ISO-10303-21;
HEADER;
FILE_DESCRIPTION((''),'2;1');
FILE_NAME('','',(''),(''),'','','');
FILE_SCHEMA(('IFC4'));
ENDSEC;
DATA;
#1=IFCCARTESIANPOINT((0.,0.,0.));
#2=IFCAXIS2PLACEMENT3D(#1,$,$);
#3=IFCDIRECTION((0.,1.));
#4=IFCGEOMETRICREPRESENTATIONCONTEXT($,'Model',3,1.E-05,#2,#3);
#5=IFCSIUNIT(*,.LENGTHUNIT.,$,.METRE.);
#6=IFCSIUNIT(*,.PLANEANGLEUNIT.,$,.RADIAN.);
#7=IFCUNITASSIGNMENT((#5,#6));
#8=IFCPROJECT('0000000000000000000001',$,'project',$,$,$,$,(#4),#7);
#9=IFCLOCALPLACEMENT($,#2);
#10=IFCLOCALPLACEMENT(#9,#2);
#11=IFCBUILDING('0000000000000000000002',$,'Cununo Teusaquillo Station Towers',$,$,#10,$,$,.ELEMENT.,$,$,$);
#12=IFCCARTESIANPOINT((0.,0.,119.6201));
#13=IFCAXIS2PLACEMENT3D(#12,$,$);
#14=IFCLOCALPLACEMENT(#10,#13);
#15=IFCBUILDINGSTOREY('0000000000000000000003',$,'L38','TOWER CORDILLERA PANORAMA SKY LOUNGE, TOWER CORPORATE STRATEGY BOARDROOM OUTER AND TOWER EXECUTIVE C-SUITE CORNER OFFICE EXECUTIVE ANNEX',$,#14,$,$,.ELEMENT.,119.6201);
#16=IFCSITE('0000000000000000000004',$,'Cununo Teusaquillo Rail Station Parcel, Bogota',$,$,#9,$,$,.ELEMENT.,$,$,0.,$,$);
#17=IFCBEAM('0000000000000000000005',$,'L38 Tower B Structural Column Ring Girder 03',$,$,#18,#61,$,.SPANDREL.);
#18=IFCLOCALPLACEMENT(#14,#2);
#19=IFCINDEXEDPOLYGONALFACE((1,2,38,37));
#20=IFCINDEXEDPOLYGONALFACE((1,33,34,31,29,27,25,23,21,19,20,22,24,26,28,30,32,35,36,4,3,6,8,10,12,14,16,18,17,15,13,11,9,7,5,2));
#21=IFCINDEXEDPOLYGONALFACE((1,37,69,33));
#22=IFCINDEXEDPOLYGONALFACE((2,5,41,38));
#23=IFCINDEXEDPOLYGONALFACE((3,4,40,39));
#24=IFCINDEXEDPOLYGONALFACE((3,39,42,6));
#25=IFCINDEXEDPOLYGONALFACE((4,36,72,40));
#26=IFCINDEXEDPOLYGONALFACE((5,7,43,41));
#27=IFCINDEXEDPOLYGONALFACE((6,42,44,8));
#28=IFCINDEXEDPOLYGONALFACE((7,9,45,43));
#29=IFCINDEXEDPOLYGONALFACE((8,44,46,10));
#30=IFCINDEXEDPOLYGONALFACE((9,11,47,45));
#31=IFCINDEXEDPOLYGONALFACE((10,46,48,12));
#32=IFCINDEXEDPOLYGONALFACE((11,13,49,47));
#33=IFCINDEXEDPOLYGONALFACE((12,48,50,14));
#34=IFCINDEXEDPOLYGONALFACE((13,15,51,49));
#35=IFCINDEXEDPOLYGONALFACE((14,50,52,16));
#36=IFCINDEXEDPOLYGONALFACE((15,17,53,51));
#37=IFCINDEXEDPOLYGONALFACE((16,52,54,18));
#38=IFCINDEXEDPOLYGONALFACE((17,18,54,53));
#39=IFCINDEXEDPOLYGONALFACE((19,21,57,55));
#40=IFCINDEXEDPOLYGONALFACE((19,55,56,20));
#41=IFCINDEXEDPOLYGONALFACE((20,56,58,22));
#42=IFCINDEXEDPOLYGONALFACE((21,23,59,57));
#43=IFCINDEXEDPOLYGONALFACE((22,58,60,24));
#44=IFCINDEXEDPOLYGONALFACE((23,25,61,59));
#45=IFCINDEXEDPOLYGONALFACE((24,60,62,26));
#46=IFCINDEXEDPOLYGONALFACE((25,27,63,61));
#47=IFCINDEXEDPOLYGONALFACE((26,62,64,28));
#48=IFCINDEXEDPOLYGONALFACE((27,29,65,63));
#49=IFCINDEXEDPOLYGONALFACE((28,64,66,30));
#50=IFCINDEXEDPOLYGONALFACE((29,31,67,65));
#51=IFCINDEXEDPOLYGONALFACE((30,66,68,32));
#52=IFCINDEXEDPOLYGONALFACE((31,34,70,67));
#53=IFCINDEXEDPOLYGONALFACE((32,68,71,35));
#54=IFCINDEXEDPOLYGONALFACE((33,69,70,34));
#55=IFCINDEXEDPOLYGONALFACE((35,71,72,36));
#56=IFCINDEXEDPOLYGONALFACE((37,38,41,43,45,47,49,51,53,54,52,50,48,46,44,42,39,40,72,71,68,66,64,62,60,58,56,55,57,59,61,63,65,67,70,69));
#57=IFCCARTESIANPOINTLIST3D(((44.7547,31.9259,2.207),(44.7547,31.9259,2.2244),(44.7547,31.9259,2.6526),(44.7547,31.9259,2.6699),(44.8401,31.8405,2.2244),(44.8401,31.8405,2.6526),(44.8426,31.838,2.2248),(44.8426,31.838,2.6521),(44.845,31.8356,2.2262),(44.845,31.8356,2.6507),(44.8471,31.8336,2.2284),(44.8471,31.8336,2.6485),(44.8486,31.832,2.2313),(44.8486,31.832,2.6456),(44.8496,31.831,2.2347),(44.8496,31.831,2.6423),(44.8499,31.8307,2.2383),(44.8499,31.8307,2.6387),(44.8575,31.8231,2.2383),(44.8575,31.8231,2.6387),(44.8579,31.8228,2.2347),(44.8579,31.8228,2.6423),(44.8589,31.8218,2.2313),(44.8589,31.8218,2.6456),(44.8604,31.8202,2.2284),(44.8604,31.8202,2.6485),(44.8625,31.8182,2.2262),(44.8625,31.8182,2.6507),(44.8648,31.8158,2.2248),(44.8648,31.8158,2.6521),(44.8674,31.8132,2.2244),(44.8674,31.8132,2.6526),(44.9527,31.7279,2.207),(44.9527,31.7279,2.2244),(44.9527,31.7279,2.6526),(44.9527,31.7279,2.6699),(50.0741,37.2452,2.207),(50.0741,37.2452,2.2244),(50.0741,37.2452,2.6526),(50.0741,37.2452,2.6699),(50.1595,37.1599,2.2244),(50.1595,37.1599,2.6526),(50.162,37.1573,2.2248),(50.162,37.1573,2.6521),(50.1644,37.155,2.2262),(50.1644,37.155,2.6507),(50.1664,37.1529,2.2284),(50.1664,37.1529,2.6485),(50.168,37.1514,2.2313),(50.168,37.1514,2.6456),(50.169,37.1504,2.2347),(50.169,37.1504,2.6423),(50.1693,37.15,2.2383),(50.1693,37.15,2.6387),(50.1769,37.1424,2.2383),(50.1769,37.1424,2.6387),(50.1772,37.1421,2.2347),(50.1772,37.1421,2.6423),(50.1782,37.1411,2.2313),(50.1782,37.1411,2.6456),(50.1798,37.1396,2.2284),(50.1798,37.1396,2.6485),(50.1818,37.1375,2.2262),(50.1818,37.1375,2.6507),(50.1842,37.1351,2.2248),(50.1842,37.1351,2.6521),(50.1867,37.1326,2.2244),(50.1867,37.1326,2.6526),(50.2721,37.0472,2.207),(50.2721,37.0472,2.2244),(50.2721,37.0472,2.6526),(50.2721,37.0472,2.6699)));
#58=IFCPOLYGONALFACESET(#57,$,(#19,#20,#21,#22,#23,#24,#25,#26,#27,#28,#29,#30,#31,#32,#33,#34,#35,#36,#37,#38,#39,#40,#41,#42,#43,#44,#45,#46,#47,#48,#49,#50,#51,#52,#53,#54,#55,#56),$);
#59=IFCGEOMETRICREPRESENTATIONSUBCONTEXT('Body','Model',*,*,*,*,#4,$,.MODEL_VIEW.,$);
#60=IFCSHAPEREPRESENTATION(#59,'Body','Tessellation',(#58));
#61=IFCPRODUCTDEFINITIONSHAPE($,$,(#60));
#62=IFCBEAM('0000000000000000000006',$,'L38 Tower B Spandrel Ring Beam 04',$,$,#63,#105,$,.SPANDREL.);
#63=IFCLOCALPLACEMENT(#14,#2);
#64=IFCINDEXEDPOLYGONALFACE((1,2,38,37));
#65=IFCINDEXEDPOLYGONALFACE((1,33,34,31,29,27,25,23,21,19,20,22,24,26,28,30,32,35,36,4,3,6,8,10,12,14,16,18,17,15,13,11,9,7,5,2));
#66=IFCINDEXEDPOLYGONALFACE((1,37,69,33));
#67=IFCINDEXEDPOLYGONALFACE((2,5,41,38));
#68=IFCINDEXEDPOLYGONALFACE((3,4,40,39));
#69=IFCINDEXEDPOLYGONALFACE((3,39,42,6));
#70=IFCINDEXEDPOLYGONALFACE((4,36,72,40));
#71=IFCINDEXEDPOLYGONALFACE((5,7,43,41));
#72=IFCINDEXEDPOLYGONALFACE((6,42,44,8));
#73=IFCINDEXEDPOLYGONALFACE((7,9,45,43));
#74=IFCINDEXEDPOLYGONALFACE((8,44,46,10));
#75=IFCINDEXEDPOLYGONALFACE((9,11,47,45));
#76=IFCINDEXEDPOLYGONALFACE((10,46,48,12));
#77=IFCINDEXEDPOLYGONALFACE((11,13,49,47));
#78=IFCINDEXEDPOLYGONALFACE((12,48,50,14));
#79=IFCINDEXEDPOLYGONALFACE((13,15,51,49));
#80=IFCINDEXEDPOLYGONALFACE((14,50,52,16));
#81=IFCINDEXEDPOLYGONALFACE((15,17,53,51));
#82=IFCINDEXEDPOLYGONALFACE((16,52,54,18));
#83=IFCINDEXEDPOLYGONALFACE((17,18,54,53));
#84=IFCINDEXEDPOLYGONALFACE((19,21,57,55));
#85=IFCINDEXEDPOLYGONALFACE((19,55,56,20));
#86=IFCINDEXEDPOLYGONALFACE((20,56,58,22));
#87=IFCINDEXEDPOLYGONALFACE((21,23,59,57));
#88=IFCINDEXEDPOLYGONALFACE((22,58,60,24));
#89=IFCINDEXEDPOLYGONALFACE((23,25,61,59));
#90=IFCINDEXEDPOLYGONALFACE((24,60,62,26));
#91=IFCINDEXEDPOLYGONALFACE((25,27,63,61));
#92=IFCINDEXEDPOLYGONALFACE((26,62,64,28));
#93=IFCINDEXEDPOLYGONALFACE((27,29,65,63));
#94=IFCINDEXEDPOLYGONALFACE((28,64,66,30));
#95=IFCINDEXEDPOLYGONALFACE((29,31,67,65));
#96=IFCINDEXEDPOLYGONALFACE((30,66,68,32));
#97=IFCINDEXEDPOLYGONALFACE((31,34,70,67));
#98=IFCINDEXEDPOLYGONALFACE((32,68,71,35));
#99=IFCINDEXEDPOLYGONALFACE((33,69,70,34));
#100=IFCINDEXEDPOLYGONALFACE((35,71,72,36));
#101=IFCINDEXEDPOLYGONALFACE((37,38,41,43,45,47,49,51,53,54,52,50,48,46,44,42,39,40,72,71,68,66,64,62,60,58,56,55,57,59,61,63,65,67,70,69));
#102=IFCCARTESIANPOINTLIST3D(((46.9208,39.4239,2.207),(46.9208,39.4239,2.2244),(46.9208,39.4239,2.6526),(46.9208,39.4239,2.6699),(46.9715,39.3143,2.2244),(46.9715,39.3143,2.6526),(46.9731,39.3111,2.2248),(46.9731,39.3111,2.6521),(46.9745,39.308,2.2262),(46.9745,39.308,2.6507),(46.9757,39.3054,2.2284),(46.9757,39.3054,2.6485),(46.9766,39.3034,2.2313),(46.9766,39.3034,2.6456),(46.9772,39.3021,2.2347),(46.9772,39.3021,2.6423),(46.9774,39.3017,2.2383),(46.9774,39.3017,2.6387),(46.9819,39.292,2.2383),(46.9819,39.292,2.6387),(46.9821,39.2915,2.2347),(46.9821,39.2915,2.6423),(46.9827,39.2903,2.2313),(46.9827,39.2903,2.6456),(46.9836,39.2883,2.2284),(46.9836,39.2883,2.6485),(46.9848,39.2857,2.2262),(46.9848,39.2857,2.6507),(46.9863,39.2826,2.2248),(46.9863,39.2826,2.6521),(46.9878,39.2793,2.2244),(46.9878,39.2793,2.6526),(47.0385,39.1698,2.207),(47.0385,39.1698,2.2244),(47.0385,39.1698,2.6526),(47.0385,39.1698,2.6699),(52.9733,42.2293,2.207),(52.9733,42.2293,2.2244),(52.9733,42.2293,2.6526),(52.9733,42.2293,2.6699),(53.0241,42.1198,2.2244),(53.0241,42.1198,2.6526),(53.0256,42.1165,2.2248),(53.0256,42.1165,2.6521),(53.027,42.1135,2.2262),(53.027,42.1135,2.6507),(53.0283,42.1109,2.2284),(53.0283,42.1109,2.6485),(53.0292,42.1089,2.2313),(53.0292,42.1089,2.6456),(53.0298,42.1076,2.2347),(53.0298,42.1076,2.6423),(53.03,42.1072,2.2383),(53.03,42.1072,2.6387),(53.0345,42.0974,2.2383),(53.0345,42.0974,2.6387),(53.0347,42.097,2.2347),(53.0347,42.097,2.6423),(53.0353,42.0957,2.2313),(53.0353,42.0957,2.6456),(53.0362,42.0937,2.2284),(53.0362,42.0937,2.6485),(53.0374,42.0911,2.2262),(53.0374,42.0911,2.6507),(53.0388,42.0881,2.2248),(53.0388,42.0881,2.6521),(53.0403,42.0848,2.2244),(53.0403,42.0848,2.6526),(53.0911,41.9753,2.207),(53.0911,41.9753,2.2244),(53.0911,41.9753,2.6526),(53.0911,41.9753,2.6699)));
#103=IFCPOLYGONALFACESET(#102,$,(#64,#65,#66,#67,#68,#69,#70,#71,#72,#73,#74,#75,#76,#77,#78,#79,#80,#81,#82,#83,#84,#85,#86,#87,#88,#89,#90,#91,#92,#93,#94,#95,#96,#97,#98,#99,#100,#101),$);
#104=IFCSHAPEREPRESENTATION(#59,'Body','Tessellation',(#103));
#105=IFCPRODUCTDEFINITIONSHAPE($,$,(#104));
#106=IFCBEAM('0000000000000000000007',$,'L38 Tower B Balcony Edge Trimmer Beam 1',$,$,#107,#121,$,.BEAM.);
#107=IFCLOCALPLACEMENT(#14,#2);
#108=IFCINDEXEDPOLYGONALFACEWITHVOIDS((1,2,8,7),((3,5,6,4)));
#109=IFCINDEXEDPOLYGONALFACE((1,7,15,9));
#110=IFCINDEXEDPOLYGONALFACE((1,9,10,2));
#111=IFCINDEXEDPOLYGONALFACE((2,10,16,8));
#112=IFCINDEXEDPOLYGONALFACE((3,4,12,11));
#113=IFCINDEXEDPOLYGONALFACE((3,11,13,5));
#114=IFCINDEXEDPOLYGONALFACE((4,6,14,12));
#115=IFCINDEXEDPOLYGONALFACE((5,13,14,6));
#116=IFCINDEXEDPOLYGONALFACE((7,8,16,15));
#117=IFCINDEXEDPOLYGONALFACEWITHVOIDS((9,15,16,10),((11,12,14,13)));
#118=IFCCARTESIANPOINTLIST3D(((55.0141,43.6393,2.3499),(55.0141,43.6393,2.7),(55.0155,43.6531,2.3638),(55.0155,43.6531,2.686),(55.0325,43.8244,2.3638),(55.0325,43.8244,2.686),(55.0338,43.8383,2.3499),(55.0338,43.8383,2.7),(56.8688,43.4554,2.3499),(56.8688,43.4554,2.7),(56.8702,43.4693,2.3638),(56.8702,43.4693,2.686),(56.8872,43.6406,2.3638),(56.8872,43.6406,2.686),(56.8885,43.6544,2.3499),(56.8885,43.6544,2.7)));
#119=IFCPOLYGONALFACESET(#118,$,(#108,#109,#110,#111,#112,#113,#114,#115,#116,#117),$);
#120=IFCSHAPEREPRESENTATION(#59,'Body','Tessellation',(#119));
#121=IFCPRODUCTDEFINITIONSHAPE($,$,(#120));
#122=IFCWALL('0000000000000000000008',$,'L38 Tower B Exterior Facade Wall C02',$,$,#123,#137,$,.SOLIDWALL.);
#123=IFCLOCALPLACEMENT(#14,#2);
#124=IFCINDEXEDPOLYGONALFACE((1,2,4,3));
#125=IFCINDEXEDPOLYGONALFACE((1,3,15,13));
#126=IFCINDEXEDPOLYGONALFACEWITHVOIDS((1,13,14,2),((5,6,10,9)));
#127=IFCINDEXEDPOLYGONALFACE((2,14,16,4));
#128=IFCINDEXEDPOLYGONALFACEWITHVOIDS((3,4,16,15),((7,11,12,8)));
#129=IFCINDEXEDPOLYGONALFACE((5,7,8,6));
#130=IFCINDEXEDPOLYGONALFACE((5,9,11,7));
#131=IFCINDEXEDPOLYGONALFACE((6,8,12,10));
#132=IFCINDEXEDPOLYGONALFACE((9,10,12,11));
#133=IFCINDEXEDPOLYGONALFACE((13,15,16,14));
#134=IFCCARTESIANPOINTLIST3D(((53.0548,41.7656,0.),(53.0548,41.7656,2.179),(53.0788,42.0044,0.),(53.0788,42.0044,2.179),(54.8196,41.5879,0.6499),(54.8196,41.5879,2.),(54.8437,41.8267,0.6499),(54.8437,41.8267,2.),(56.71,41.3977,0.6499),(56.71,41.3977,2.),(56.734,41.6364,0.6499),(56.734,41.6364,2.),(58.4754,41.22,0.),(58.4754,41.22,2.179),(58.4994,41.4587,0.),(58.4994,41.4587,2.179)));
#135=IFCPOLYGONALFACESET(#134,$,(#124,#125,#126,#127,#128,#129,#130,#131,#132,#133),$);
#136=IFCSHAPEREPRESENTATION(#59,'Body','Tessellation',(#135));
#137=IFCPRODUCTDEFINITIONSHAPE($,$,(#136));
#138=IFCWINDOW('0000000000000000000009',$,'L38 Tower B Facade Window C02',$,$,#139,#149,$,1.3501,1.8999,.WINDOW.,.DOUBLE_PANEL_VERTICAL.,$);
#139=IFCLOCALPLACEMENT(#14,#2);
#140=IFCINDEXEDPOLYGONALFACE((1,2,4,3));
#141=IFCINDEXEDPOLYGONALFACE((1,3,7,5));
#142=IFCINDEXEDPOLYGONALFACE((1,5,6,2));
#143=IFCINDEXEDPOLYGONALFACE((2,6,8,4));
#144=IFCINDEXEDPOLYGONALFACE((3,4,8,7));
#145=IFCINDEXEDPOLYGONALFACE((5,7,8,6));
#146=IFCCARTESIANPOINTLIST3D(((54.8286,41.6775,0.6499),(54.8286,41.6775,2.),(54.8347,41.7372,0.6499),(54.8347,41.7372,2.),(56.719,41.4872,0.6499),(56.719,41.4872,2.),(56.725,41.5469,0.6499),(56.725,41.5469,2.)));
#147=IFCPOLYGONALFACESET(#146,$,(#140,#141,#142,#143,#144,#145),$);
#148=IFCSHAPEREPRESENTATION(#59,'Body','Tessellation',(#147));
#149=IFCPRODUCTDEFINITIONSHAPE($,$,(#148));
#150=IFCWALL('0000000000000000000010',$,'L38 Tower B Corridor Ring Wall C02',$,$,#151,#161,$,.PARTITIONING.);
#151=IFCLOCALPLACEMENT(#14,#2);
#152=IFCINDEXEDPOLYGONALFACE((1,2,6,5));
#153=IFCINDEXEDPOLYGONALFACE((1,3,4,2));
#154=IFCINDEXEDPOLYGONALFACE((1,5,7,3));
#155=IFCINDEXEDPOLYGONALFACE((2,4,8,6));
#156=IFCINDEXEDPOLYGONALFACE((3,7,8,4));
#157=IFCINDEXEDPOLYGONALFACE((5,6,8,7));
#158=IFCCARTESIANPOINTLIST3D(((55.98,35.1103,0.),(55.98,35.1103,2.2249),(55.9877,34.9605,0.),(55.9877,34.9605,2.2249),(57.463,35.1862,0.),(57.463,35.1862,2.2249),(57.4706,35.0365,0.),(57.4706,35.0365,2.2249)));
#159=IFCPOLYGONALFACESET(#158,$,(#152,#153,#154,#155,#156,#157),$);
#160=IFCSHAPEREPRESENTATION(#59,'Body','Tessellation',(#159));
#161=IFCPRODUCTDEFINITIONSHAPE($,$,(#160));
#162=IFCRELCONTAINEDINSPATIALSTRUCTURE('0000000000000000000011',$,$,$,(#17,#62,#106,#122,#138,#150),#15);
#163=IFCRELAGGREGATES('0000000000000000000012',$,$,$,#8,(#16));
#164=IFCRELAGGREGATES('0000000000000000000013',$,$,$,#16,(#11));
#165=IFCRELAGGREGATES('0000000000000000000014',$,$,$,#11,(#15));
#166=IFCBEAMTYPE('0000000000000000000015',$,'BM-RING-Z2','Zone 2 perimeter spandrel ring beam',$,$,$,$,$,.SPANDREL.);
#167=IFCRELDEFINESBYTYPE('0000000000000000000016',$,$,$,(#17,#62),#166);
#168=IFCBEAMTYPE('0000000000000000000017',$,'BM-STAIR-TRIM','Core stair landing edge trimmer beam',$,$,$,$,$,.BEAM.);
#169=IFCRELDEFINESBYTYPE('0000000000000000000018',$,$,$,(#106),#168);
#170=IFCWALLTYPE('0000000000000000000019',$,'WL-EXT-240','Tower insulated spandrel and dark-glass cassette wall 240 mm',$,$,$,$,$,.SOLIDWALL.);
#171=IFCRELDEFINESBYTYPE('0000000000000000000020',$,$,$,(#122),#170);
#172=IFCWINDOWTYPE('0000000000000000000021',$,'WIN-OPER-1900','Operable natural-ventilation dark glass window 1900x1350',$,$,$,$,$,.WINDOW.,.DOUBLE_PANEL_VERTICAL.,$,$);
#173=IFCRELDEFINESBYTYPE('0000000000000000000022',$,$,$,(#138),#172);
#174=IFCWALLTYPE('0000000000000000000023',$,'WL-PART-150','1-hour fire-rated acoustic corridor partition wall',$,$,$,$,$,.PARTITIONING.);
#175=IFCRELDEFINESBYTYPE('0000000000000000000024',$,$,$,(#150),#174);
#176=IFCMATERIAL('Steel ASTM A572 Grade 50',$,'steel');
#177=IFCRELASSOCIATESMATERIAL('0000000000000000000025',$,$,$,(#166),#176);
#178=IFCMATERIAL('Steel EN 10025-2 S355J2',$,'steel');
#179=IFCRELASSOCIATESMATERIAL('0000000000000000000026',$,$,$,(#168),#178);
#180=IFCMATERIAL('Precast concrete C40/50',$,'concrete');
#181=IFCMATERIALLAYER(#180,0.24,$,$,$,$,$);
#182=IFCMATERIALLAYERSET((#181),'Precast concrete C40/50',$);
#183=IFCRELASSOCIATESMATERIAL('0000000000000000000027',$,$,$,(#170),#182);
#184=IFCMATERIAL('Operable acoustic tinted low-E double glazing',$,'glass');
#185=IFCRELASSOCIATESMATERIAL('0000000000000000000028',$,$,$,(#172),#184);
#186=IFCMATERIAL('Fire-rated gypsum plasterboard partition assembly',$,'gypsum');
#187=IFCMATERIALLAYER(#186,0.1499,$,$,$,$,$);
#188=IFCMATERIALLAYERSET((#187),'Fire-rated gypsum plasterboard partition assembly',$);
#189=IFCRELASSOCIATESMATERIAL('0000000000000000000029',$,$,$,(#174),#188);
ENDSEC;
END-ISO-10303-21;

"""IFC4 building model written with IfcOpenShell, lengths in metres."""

from ifc_helpers import new_model, si_unit, direction, frame, frame_2d, origin, origin_2d, place, context, subcontext, project, spatial, rectangle, hollow_rectangle, i_section, extrude, source, transform, mapped, material, layer, layer_set, material_profile, profile_set, type_object, element, fill, save


model = new_model("IFC4")

# Units and contexts
model_context = context("Model", 3, precision=1e-05, world=origin(), true_north=direction((0.0, 1.0)))
body_context = subcontext(model_context, "Body", "Model", "MODEL_VIEW")
ifc_project = project(units=[si_unit("LENGTHUNIT", "METRE"), si_unit("PLANEANGLEUNIT", "RADIAN")], contexts=[model_context])

# Site, building, storey
site_placement = place(None, origin())
site = spatial("IfcSite", under=ifc_project, at=site_placement, Name="Cununo Teusaquillo Rail Station Parcel, Bogota", CompositionType="ELEMENT", RefElevation=0.0)
building_placement = place(site_placement, origin())
building = spatial("IfcBuilding", under=site, at=building_placement, Name="Cununo Teusaquillo Station Towers", CompositionType="ELEMENT")
storey_placement = place(building_placement, frame((0.0, 0.0, 119.6201)))
storey = spatial("IfcBuildingStorey", under=building, at=storey_placement, Name="L38", Description="TOWER CORDILLERA PANORAMA SKY LOUNGE, TOWER CORPORATE STRATEGY BOARDROOM OUTER AND TOWER EXECUTIVE C-SUITE CORNER OFFICE EXECUTIVE ANNEX", CompositionType="ELEMENT", Elevation=119.6201)

# Beams
ifc_material_1 = material(Name="Steel ASTM A572 Grade 50", Category="steel")
ifc_material_profile_1 = material_profile(ifc_material_1, i_section(OverallWidth=0.28, OverallDepth=0.4629, WebThickness=0.0107, FlangeThickness=0.0173, FilletRadius=0.0139, at=origin_2d()), Name="W18X76")
ifc_profile_set_1 = profile_set([ifc_material_profile_1], Name="Steel ASTM A572 Grade 50")
beam_type_1 = type_object("IfcBeamType", Name="BM-RING-Z2", Description="Zone 2 perimeter spandrel ring beam", PredefinedType="SPANDREL", material=ifc_profile_set_1)
beam_1_placement = place(storey_placement, frame((50.1731, 37.1462, 2.4385), z_axis=(-0.707107, -0.707107, 0.0), x_axis=(0.707107, -0.707107, 0.0)))
element("IfcBeam", 1, at=beam_1_placement, inside=storey, type_object=beam_type_1, Name="L38 Tower B Structural Column Ring Girder 03", PredefinedType="SPANDREL", context=body_context, shape_type="SweptSolid", body=[
    extrude(i_section(OverallWidth=0.28, OverallDepth=0.4629, WebThickness=0.0107, FlangeThickness=0.0173, FilletRadius=0.0139, at=origin_2d()), origin(), (0.0, 0.0, 1.0), 7.5227),
])
beam_2_placement = place(storey_placement, frame((53.0322, 42.1023, 2.4385), z_axis=(-0.907276, -0.420536, 0.0), x_axis=(0.420536, -0.907276, 0.0)))
element("IfcBeam", 2, at=beam_2_placement, inside=storey, type_object=beam_type_1, Name="L38 Tower B Spandrel Ring Beam 04", PredefinedType="SPANDREL", context=body_context, shape_type="SweptSolid", body=[
    extrude(i_section(OverallWidth=0.28, OverallDepth=0.4629, WebThickness=0.0107, FlangeThickness=0.0173, FilletRadius=0.0139, at=origin_2d()), origin(), (0.0, 0.0, 1.0), 6.6711),
])
ifc_material_2 = material(Name="Steel EN 10025-2 S355J2", Category="steel")
ifc_material_profile_2 = material_profile(ifc_material_2, hollow_rectangle(XDim=0.2, YDim=0.3501, WallThickness=0.0139, at=origin_2d()), Name="RHS 350x200x14")
ifc_profile_set_2 = profile_set([ifc_material_profile_2], Name="Steel EN 10025-2 S355J2")
beam_type_2 = type_object("IfcBeamType", Name="BM-STAIR-TRIM", Description="Core stair landing edge trimmer beam", PredefinedType="BEAM", material=ifc_profile_set_2)
beam_3_placement = place(storey_placement, frame((56.8787, 43.5549, 2.5249), z_axis=(-0.995124, 0.098635, 0.0), x_axis=(-0.098635, -0.995124, 0.0)))
element("IfcBeam", 3, at=beam_3_placement, inside=storey, type_object=beam_type_2, Name="L38 Tower B Balcony Edge Trimmer Beam 1", PredefinedType="BEAM", context=body_context, shape_type="SweptSolid", body=[
    extrude(hollow_rectangle(XDim=0.2, YDim=0.3501, WallThickness=0.0139, at=origin_2d()), origin(), (0.0, 0.0, 1.0), 1.8638),
])

# Wall, opening, window
ifc_material_3 = material(Name="Precast concrete C40/50", Category="concrete")
ifc_layer_1 = layer(ifc_material_3, 0.24)
ifc_layer_set_1 = layer_set([ifc_layer_1], Name="Precast concrete C40/50")
wall_type_1 = type_object("IfcWallType", Name="WL-EXT-240", Description="Tower insulated spandrel and dark-glass cassette wall 240 mm", PredefinedType="SOLIDWALL", material=ifc_layer_set_1)
wall_1_placement = place(storey_placement, frame((53.0667, 41.885, 0.0), z_axis=(0.0, 0.0, 1.0), x_axis=(0.994972, -0.100156, 0.0)))
wall_1 = element("IfcWall", 4, at=wall_1_placement, inside=storey, type_object=wall_type_1, Name="L38 Tower B Exterior Facade Wall C02", PredefinedType="SOLIDWALL", context=body_context, shape_type="SweptSolid", body=[
    extrude(rectangle(XDim=5.448, YDim=0.24, at=frame_2d((2.7241, 0.0))), origin(), (0.0, 0.0, 1.0), 2.179),
])
shared_shape_1 = source(origin(), body_context, "Body", "SweptSolid", [
    extrude(rectangle(XDim=1.8999, YDim=1.3501, at=frame_2d((0.95, 0.675))), frame((0.0, 0.1299, 0.0), z_axis=(0.0, -1.0, 0.0), x_axis=(1.0, 0.0, 0.0)), (0.0, 0.0, 1.0), 0.26),
])
opening_1_placement = place(wall_1_placement, frame((1.7739, 0.0, 0.6499)))
opening_1 = element("IfcOpeningElement", 5, at=opening_1_placement, cuts=wall_1, PredefinedType="OPENING", context=body_context, shape_type="MappedRepresentation", body=[
    mapped(shared_shape_1, transform((0.0, 0.0, 0.0), x_axis=(1.0, 0.0, 0.0), y_axis=(0.0, 1.0, 0.0), z_axis=(0.0, 0.0, 1.0), scale=1.0)),
])
ifc_material_4 = material(Name="Operable acoustic tinted low-E double glazing", Category="glass")
window_type = type_object("IfcWindowType", Name="WIN-OPER-1900", Description="Operable natural-ventilation dark glass window 1900x1350", PartitioningType="DOUBLE_PANEL_VERTICAL", PredefinedType="WINDOW", material=ifc_material_4)
shared_shape_2 = source(origin(), body_context, "Body", "SweptSolid", [
    extrude(rectangle(XDim=1.8999, YDim=1.3501, at=frame_2d((0.95, 0.675))), frame((0.0, 0.03, 0.0), z_axis=(0.0, -1.0, 0.0), x_axis=(1.0, 0.0, 0.0)), (0.0, 0.0, 1.0), 0.0601),
])
window_placement = place(opening_1_placement, origin())
window = element("IfcWindow", 6, at=window_placement, inside=storey, type_object=window_type, Name="L38 Tower B Facade Window C02", OverallHeight=1.3501, OverallWidth=1.8999, PartitioningType="DOUBLE_PANEL_VERTICAL", PredefinedType="WINDOW", context=body_context, shape_type="MappedRepresentation", body=[
    mapped(shared_shape_2, transform((0.0, 0.0, 0.0), x_axis=(1.0, 0.0, 0.0), y_axis=(0.0, 1.0, 0.0), z_axis=(0.0, 0.0, 1.0), scale=1.0)),
])
fill(opening_1, window)

# Wall
ifc_material_5 = material(Name="Fire-rated gypsum plasterboard partition assembly", Category="gypsum")
ifc_layer_2 = layer(ifc_material_5, 0.1499)
ifc_layer_set_2 = layer_set([ifc_layer_2], Name="Fire-rated gypsum plasterboard partition assembly")
wall_type_2 = type_object("IfcWallType", Name="WL-PART-150", Description="1-hour fire-rated acoustic corridor partition wall", PredefinedType="PARTITIONING", material=ifc_layer_set_2)
wall_2_placement = place(storey_placement, frame((57.4668, 35.1113, 0.0), z_axis=(0.0, 0.0, 1.0), x_axis=(-0.998692, -0.051135, 0.0)))
element("IfcWall", 7, at=wall_2_placement, inside=storey, type_object=wall_type_2, Name="L38 Tower B Corridor Ring Wall C02", PredefinedType="PARTITIONING", context=body_context, shape_type="SweptSolid", body=[
    extrude(rectangle(XDim=1.4849, YDim=0.1499, at=frame_2d((0.7424, 0.0))), origin(), (0.0, 0.0, 1.0), 2.2249),
])

save(model, "model.ifc")
